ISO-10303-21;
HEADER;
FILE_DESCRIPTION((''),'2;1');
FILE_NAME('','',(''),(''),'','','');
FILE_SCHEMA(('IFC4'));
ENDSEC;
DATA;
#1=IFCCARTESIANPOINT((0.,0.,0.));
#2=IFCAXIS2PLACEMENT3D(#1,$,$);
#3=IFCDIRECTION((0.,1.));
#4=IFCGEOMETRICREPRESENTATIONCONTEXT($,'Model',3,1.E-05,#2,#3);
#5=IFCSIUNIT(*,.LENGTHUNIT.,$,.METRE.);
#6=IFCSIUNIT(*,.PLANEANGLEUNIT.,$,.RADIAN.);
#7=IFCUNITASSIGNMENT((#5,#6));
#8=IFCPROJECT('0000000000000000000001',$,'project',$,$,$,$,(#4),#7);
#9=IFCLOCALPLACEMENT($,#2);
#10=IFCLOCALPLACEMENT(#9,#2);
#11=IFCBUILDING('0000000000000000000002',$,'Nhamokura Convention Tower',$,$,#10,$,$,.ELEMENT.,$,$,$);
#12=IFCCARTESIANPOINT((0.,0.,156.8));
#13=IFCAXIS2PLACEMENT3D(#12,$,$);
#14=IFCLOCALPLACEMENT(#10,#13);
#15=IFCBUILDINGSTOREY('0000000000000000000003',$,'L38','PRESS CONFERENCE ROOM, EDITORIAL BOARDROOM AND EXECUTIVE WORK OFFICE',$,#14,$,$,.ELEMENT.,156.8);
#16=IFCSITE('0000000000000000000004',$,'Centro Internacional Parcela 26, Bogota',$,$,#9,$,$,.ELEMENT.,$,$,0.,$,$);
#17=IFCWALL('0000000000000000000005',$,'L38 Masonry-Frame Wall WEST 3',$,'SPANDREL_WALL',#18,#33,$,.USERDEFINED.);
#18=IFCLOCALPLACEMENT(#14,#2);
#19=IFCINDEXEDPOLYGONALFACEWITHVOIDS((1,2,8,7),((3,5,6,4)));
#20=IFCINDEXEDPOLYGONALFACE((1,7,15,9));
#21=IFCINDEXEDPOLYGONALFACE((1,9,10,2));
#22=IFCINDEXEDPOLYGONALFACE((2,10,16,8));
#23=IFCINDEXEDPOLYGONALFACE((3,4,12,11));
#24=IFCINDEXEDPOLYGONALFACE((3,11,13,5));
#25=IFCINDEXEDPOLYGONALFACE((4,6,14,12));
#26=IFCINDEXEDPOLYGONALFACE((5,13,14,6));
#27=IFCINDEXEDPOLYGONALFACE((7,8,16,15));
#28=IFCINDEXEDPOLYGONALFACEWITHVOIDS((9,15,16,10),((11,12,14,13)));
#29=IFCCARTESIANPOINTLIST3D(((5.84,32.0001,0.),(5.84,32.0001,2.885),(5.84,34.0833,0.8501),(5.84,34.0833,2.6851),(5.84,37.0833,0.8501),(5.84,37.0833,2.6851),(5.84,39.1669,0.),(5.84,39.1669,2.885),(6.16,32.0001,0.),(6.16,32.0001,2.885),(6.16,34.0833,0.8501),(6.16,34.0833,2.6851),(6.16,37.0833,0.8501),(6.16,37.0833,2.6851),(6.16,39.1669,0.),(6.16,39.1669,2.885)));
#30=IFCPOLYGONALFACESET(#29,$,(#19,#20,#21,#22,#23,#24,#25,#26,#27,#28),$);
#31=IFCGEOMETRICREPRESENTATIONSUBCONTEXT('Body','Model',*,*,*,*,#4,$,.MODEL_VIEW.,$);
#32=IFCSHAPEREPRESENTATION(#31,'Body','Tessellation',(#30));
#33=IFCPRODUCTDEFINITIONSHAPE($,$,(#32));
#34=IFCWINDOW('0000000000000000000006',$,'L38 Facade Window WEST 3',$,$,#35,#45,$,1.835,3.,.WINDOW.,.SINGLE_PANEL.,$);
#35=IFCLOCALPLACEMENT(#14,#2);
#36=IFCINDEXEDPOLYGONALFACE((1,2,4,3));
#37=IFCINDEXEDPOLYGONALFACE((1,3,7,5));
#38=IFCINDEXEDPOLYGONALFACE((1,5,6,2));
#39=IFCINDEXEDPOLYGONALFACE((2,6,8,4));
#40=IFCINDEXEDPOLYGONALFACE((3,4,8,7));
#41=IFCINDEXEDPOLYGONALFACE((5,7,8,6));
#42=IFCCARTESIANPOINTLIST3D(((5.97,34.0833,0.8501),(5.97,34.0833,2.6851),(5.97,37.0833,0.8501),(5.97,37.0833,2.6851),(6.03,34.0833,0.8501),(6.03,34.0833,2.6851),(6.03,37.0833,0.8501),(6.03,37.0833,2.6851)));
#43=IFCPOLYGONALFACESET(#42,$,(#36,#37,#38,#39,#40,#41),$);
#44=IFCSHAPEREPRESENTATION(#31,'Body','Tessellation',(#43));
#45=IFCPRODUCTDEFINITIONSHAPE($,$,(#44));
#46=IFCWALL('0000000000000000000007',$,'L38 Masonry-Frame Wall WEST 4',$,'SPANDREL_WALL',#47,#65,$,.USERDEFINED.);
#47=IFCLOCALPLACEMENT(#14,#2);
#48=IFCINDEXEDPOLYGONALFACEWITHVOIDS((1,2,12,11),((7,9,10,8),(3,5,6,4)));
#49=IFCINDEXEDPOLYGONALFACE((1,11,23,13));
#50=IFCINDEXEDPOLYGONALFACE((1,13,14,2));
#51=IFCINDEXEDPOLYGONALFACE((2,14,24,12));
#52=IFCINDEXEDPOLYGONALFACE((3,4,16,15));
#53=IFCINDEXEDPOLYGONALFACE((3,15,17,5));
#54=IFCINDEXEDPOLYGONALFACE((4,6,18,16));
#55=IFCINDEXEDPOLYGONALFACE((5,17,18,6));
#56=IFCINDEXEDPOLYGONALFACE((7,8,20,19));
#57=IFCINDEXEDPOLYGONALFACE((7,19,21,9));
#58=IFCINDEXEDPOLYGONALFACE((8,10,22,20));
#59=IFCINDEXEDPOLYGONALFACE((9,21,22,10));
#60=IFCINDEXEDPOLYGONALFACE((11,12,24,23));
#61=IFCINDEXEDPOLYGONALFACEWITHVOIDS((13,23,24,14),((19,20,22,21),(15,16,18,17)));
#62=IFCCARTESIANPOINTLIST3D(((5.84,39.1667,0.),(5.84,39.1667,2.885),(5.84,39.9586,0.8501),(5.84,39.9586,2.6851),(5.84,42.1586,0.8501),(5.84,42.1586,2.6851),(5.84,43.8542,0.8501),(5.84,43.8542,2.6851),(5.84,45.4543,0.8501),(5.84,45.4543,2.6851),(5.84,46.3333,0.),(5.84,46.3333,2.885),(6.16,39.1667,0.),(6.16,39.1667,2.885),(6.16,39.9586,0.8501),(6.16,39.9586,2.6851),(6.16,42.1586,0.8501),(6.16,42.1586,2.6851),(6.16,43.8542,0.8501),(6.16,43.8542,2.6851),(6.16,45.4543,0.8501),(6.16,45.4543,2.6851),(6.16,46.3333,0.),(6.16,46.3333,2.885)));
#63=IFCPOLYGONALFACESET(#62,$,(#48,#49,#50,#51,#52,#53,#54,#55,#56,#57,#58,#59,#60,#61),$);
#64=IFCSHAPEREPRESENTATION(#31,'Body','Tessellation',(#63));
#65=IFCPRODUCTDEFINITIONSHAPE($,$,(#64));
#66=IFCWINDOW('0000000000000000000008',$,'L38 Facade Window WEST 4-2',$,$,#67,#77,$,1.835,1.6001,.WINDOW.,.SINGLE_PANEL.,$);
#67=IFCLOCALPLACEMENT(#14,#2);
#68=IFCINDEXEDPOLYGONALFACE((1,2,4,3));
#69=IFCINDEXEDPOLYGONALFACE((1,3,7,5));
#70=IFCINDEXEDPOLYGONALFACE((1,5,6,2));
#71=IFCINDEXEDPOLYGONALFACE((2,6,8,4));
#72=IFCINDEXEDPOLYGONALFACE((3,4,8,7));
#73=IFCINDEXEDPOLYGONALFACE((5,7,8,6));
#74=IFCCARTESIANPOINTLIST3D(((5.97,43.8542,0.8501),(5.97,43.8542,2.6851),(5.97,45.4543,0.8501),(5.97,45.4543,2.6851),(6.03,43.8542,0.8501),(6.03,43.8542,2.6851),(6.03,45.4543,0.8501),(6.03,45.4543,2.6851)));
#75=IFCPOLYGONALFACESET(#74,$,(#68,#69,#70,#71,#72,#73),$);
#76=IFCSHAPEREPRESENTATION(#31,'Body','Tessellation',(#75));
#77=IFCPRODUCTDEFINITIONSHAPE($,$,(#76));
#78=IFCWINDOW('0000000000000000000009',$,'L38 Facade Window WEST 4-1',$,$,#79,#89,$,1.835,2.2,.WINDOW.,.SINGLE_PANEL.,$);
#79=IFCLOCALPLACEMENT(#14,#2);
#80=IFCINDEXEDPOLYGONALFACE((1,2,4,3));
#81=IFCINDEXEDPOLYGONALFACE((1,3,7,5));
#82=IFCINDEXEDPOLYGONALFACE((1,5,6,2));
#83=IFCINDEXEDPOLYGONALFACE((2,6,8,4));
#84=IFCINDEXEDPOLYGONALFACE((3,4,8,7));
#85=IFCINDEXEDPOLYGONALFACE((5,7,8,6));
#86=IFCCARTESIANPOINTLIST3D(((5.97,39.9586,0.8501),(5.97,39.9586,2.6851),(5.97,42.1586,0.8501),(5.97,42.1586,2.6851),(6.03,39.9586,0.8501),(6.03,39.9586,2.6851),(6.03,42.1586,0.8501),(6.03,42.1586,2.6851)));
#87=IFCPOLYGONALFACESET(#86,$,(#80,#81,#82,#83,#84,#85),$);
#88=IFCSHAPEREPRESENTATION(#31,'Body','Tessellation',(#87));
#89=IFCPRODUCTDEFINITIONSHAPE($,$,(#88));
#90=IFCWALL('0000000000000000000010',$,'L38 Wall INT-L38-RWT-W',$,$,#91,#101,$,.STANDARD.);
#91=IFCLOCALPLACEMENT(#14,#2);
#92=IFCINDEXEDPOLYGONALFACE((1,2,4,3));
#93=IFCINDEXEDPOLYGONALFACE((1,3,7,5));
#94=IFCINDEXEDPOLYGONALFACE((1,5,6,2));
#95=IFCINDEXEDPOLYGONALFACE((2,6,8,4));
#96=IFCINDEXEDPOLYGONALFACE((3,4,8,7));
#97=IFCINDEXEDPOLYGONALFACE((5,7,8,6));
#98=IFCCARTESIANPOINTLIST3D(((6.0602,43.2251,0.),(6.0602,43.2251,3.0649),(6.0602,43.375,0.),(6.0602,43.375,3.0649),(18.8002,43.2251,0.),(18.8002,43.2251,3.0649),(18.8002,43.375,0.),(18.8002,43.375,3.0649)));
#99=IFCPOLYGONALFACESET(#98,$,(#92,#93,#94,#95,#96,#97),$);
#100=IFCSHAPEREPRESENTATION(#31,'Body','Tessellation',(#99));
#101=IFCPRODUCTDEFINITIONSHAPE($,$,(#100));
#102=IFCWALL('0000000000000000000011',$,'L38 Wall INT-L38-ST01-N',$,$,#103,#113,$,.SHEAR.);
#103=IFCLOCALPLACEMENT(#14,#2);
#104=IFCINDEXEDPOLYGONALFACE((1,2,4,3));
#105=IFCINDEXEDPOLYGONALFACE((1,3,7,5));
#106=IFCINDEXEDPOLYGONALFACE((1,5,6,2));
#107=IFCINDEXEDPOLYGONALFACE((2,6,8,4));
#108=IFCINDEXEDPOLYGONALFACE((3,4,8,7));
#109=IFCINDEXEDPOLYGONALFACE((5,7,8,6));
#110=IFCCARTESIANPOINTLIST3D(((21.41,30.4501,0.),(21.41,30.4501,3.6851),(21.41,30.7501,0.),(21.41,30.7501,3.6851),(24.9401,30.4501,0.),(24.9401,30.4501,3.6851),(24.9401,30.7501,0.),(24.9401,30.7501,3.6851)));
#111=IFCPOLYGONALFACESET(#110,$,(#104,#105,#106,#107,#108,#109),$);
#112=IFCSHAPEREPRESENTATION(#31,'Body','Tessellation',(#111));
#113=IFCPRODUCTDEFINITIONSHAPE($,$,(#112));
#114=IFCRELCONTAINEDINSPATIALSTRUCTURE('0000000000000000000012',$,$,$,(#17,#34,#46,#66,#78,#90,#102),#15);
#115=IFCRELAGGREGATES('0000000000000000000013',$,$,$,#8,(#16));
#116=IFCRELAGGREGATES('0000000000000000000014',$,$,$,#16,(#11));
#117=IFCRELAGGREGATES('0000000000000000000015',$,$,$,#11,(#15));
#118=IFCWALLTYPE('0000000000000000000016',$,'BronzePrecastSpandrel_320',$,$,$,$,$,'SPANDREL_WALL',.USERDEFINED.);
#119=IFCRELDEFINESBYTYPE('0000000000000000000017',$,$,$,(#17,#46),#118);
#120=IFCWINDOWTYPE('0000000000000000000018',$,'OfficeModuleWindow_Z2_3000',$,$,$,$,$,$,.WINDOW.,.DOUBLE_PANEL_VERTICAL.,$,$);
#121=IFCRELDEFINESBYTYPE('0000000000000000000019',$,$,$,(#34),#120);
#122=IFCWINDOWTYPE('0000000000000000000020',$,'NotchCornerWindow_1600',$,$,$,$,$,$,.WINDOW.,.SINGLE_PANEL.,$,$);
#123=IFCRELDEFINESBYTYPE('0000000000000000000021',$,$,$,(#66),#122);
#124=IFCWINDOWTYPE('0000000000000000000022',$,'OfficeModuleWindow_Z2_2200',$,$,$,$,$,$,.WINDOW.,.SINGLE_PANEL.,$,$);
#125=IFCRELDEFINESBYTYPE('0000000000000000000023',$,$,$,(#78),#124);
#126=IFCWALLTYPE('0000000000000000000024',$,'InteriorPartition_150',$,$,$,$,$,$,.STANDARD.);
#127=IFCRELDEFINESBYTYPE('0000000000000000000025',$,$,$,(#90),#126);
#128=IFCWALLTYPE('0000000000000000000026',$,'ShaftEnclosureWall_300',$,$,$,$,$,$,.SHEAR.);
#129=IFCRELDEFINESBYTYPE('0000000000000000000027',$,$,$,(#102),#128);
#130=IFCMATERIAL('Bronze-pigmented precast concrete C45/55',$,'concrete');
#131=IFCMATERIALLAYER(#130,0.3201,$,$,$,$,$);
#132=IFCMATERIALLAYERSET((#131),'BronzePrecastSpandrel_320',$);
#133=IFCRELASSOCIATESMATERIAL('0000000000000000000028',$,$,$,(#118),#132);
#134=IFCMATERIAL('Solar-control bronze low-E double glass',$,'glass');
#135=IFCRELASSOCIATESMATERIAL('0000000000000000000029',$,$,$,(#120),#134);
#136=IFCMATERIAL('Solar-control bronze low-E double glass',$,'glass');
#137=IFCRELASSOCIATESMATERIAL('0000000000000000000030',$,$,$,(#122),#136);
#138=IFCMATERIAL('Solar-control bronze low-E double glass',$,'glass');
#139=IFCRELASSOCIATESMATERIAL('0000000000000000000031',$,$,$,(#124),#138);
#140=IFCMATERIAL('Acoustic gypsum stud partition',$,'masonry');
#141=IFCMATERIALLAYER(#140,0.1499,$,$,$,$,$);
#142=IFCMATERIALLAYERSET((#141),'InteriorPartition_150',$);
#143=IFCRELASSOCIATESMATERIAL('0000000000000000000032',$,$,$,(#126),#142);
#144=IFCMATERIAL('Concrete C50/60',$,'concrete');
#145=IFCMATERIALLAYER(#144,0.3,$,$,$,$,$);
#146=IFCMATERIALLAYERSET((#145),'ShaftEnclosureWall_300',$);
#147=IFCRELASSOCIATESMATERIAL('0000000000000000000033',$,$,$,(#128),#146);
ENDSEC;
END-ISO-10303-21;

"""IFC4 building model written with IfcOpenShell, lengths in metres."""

from ifc_helpers import new_model, si_unit, direction, frame, frame_2d, origin, place, context, subcontext, project, spatial, rectangle, extrude, material, layer, layer_set, type_object, element, fill, save


model = new_model("IFC4")

# Units and contexts
model_context = context("Model", 3, precision=1e-05, world=origin(), true_north=direction((0.0, 1.0)))
body_context = subcontext(model_context, "Body", "Model", "MODEL_VIEW")
ifc_project = project(units=[si_unit("LENGTHUNIT", "METRE"), si_unit("PLANEANGLEUNIT", "RADIAN")], contexts=[model_context])

# Site, building, storey
site_placement = place(None, origin())
site = spatial("IfcSite", under=ifc_project, at=site_placement, Name="Centro Internacional Parcela 26, Bogota", CompositionType="ELEMENT", RefElevation=0.0)
building_placement = place(site_placement, origin())
building = spatial("IfcBuilding", under=site, at=building_placement, Name="Nhamokura Convention Tower", CompositionType="ELEMENT")
storey_placement = place(building_placement, frame((0.0, 0.0, 156.8)))
storey = spatial("IfcBuildingStorey", under=building, at=storey_placement, Name="L38", Description="PRESS CONFERENCE ROOM, EDITORIAL BOARDROOM AND EXECUTIVE WORK OFFICE", CompositionType="ELEMENT", Elevation=156.8)

# Wall, opening, window
ifc_material_1 = material(Name="Bronze-pigmented precast concrete C45/55", Category="concrete")
ifc_layer_1 = layer(ifc_material_1, 0.3201)
ifc_layer_set_1 = layer_set([ifc_layer_1], Name="BronzePrecastSpandrel_320")
wall_type_1 = type_object("IfcWallType", Name="BronzePrecastSpandrel_320", ElementType="SPANDREL_WALL", PredefinedType="USERDEFINED", material=ifc_layer_set_1)
wall_1_placement = place(storey_placement, frame((6.0, 32.0, 0.0), z_axis=(0.0, 0.0, 1.0), x_axis=(0.0, 1.0, 0.0)))
wall_1 = element("IfcWall", 1, at=wall_1_placement, inside=storey, type_object=wall_type_1, Name="L38 Masonry-Frame Wall WEST 3", ObjectType="SPANDREL_WALL", PredefinedType="USERDEFINED", context=body_context, shape_type="SweptSolid", body=[
    extrude(rectangle(XDim=7.1667, YDim=0.3201, at=frame_2d((3.5835, 0.0))), origin(), (0.0, 0.0, 1.0), 2.885),
])
opening_1_placement = place(wall_1_placement, frame((2.0833, 0.0, 0.8501)))
opening_1 = element("IfcOpeningElement", 2, at=opening_1_placement, cuts=wall_1, PredefinedType="OPENING", context=body_context, shape_type="SweptSolid", body=[
    extrude(rectangle(XDim=3.0, YDim=1.835, at=frame_2d((1.5, 0.9175))), frame((0.0, 0.1699, 0.0), z_axis=(0.0, -1.0, 0.0), x_axis=(1.0, 0.0, 0.0)), (0.0, 0.0, 1.0), 0.3401),
])
ifc_material_2 = material(Name="Solar-control bronze low-E double glass", Category="glass")
window_type_1 = type_object("IfcWindowType", Name="OfficeModuleWindow_Z2_3000", PartitioningType="DOUBLE_PANEL_VERTICAL", PredefinedType="WINDOW", material=ifc_material_2)
window_1_placement = place(opening_1_placement, origin())
window_1 = element("IfcWindow", 3, at=window_1_placement, inside=storey, type_object=window_type_1, Name="L38 Facade Window WEST 3", OverallHeight=1.835, OverallWidth=3.0, PartitioningType="SINGLE_PANEL", PredefinedType="WINDOW", context=body_context, shape_type="SweptSolid", body=[
    extrude(rectangle(XDim=3.0, YDim=1.835, at=frame_2d((1.5, 0.9175))), frame((0.0, 0.03, 0.0), z_axis=(0.0, -1.0, 0.0), x_axis=(1.0, 0.0, 0.0)), (0.0, 0.0, 1.0), 0.0601),
])
fill(opening_1, window_1)

# Wall, openings, windows
wall_2_placement = place(storey_placement, frame((6.0, 39.1667, 0.0), z_axis=(0.0, 0.0, 1.0), x_axis=(0.0, 1.0, 0.0)))
wall_2 = element("IfcWall", 4, at=wall_2_placement, inside=storey, type_object=wall_type_1, Name="L38 Masonry-Frame Wall WEST 4", ObjectType="SPANDREL_WALL", PredefinedType="USERDEFINED", context=body_context, shape_type="SweptSolid", body=[
    extrude(rectangle(XDim=7.1665, YDim=0.3201, at=frame_2d((3.5833, 0.0))), origin(), (0.0, 0.0, 1.0), 2.885),
])
opening_2_placement = place(wall_2_placement, frame((0.7917, 0.0, 0.8501)))
opening_2 = element("IfcOpeningElement", 5, at=opening_2_placement, cuts=wall_2, PredefinedType="OPENING", context=body_context, shape_type="SweptSolid", body=[
    extrude(rectangle(XDim=2.2, YDim=1.835, at=frame_2d((1.1001, 0.9175))), frame((0.0, 0.1699, 0.0), z_axis=(0.0, -1.0, 0.0), x_axis=(1.0, 0.0, 0.0)), (0.0, 0.0, 1.0), 0.3401),
])
opening_3_placement = place(wall_2_placement, frame((4.6875, 0.0, 0.8501)))
opening_3 = element("IfcOpeningElement", 6, at=opening_3_placement, cuts=wall_2, PredefinedType="OPENING", context=body_context, shape_type="SweptSolid", body=[
    extrude(rectangle(XDim=1.6001, YDim=1.835, at=frame_2d((0.8, 0.9175))), frame((0.0, 0.1699, 0.0), z_axis=(0.0, -1.0, 0.0), x_axis=(1.0, 0.0, 0.0)), (0.0, 0.0, 1.0), 0.3401),
])
ifc_material_3 = material(Name="Solar-control bronze low-E double glass", Category="glass")
window_type_2 = type_object("IfcWindowType", Name="NotchCornerWindow_1600", PartitioningType="SINGLE_PANEL", PredefinedType="WINDOW", material=ifc_material_3)
window_2_placement = place(opening_3_placement, origin())
window_2 = element("IfcWindow", 7, at=window_2_placement, inside=storey, type_object=window_type_2, Name="L38 Facade Window WEST 4-2", OverallHeight=1.835, OverallWidth=1.6001, PartitioningType="SINGLE_PANEL", PredefinedType="WINDOW", context=body_context, shape_type="SweptSolid", body=[
    extrude(rectangle(XDim=1.6001, YDim=1.835, at=frame_2d((0.8, 0.9175))), frame((0.0, 0.03, 0.0), z_axis=(0.0, -1.0, 0.0), x_axis=(1.0, 0.0, 0.0)), (0.0, 0.0, 1.0), 0.0601),
])
fill(opening_3, window_2)
ifc_material_4 = material(Name="Solar-control bronze low-E double glass", Category="glass")
window_type_3 = type_object("IfcWindowType", Name="OfficeModuleWindow_Z2_2200", PartitioningType="SINGLE_PANEL", PredefinedType="WINDOW", material=ifc_material_4)
window_3_placement = place(opening_2_placement, origin())
window_3 = element("IfcWindow", 8, at=window_3_placement, inside=storey, type_object=window_type_3, Name="L38 Facade Window WEST 4-1", OverallHeight=1.835, OverallWidth=2.2, PartitioningType="SINGLE_PANEL", PredefinedType="WINDOW", context=body_context, shape_type="SweptSolid", body=[
    extrude(rectangle(XDim=2.2, YDim=1.835, at=frame_2d((1.1001, 0.9175))), frame((0.0, 0.03, 0.0), z_axis=(0.0, -1.0, 0.0), x_axis=(1.0, 0.0, 0.0)), (0.0, 0.0, 1.0), 0.0601),
])
fill(opening_2, window_3)

# Walls
ifc_material_5 = material(Name="Acoustic gypsum stud partition", Category="masonry")
ifc_layer_2 = layer(ifc_material_5, 0.1499)
ifc_layer_set_2 = layer_set([ifc_layer_2], Name="InteriorPartition_150")
wall_type_2 = type_object("IfcWallType", Name="InteriorPartition_150", PredefinedType="STANDARD", material=ifc_layer_set_2)
wall_3_placement = place(storey_placement, frame((6.0601, 43.3, 0.0), z_axis=(0.0, 0.0, 1.0), x_axis=(1.0, 0.0, 0.0)))
element("IfcWall", 9, at=wall_3_placement, inside=storey, type_object=wall_type_2, Name="L38 Wall INT-L38-RWT-W", PredefinedType="STANDARD", context=body_context, shape_type="SweptSolid", body=[
    extrude(rectangle(XDim=12.74, YDim=0.1499, at=frame_2d((6.3701, 0.0))), origin(), (0.0, 0.0, 1.0), 3.0649),
])
ifc_material_6 = material(Name="Concrete C50/60", Category="concrete")
ifc_layer_3 = layer(ifc_material_6, 0.3)
ifc_layer_set_3 = layer_set([ifc_layer_3], Name="ShaftEnclosureWall_300")
wall_type_3 = type_object("IfcWallType", Name="ShaftEnclosureWall_300", PredefinedType="SHEAR", material=ifc_layer_set_3)
wall_4_placement = place(storey_placement, frame((21.4099, 30.6001, 0.0), z_axis=(0.0, 0.0, 1.0), x_axis=(1.0, 0.0, 0.0)))
element("IfcWall", 10, at=wall_4_placement, inside=storey, type_object=wall_type_3, Name="L38 Wall INT-L38-ST01-N", PredefinedType="SHEAR", context=body_context, shape_type="SweptSolid", body=[
    extrude(rectangle(XDim=3.53, YDim=0.3, at=frame_2d((1.7651, 0.0))), origin(), (0.0, 0.0, 1.0), 3.6851),
])

save(model, "model.ifc")
